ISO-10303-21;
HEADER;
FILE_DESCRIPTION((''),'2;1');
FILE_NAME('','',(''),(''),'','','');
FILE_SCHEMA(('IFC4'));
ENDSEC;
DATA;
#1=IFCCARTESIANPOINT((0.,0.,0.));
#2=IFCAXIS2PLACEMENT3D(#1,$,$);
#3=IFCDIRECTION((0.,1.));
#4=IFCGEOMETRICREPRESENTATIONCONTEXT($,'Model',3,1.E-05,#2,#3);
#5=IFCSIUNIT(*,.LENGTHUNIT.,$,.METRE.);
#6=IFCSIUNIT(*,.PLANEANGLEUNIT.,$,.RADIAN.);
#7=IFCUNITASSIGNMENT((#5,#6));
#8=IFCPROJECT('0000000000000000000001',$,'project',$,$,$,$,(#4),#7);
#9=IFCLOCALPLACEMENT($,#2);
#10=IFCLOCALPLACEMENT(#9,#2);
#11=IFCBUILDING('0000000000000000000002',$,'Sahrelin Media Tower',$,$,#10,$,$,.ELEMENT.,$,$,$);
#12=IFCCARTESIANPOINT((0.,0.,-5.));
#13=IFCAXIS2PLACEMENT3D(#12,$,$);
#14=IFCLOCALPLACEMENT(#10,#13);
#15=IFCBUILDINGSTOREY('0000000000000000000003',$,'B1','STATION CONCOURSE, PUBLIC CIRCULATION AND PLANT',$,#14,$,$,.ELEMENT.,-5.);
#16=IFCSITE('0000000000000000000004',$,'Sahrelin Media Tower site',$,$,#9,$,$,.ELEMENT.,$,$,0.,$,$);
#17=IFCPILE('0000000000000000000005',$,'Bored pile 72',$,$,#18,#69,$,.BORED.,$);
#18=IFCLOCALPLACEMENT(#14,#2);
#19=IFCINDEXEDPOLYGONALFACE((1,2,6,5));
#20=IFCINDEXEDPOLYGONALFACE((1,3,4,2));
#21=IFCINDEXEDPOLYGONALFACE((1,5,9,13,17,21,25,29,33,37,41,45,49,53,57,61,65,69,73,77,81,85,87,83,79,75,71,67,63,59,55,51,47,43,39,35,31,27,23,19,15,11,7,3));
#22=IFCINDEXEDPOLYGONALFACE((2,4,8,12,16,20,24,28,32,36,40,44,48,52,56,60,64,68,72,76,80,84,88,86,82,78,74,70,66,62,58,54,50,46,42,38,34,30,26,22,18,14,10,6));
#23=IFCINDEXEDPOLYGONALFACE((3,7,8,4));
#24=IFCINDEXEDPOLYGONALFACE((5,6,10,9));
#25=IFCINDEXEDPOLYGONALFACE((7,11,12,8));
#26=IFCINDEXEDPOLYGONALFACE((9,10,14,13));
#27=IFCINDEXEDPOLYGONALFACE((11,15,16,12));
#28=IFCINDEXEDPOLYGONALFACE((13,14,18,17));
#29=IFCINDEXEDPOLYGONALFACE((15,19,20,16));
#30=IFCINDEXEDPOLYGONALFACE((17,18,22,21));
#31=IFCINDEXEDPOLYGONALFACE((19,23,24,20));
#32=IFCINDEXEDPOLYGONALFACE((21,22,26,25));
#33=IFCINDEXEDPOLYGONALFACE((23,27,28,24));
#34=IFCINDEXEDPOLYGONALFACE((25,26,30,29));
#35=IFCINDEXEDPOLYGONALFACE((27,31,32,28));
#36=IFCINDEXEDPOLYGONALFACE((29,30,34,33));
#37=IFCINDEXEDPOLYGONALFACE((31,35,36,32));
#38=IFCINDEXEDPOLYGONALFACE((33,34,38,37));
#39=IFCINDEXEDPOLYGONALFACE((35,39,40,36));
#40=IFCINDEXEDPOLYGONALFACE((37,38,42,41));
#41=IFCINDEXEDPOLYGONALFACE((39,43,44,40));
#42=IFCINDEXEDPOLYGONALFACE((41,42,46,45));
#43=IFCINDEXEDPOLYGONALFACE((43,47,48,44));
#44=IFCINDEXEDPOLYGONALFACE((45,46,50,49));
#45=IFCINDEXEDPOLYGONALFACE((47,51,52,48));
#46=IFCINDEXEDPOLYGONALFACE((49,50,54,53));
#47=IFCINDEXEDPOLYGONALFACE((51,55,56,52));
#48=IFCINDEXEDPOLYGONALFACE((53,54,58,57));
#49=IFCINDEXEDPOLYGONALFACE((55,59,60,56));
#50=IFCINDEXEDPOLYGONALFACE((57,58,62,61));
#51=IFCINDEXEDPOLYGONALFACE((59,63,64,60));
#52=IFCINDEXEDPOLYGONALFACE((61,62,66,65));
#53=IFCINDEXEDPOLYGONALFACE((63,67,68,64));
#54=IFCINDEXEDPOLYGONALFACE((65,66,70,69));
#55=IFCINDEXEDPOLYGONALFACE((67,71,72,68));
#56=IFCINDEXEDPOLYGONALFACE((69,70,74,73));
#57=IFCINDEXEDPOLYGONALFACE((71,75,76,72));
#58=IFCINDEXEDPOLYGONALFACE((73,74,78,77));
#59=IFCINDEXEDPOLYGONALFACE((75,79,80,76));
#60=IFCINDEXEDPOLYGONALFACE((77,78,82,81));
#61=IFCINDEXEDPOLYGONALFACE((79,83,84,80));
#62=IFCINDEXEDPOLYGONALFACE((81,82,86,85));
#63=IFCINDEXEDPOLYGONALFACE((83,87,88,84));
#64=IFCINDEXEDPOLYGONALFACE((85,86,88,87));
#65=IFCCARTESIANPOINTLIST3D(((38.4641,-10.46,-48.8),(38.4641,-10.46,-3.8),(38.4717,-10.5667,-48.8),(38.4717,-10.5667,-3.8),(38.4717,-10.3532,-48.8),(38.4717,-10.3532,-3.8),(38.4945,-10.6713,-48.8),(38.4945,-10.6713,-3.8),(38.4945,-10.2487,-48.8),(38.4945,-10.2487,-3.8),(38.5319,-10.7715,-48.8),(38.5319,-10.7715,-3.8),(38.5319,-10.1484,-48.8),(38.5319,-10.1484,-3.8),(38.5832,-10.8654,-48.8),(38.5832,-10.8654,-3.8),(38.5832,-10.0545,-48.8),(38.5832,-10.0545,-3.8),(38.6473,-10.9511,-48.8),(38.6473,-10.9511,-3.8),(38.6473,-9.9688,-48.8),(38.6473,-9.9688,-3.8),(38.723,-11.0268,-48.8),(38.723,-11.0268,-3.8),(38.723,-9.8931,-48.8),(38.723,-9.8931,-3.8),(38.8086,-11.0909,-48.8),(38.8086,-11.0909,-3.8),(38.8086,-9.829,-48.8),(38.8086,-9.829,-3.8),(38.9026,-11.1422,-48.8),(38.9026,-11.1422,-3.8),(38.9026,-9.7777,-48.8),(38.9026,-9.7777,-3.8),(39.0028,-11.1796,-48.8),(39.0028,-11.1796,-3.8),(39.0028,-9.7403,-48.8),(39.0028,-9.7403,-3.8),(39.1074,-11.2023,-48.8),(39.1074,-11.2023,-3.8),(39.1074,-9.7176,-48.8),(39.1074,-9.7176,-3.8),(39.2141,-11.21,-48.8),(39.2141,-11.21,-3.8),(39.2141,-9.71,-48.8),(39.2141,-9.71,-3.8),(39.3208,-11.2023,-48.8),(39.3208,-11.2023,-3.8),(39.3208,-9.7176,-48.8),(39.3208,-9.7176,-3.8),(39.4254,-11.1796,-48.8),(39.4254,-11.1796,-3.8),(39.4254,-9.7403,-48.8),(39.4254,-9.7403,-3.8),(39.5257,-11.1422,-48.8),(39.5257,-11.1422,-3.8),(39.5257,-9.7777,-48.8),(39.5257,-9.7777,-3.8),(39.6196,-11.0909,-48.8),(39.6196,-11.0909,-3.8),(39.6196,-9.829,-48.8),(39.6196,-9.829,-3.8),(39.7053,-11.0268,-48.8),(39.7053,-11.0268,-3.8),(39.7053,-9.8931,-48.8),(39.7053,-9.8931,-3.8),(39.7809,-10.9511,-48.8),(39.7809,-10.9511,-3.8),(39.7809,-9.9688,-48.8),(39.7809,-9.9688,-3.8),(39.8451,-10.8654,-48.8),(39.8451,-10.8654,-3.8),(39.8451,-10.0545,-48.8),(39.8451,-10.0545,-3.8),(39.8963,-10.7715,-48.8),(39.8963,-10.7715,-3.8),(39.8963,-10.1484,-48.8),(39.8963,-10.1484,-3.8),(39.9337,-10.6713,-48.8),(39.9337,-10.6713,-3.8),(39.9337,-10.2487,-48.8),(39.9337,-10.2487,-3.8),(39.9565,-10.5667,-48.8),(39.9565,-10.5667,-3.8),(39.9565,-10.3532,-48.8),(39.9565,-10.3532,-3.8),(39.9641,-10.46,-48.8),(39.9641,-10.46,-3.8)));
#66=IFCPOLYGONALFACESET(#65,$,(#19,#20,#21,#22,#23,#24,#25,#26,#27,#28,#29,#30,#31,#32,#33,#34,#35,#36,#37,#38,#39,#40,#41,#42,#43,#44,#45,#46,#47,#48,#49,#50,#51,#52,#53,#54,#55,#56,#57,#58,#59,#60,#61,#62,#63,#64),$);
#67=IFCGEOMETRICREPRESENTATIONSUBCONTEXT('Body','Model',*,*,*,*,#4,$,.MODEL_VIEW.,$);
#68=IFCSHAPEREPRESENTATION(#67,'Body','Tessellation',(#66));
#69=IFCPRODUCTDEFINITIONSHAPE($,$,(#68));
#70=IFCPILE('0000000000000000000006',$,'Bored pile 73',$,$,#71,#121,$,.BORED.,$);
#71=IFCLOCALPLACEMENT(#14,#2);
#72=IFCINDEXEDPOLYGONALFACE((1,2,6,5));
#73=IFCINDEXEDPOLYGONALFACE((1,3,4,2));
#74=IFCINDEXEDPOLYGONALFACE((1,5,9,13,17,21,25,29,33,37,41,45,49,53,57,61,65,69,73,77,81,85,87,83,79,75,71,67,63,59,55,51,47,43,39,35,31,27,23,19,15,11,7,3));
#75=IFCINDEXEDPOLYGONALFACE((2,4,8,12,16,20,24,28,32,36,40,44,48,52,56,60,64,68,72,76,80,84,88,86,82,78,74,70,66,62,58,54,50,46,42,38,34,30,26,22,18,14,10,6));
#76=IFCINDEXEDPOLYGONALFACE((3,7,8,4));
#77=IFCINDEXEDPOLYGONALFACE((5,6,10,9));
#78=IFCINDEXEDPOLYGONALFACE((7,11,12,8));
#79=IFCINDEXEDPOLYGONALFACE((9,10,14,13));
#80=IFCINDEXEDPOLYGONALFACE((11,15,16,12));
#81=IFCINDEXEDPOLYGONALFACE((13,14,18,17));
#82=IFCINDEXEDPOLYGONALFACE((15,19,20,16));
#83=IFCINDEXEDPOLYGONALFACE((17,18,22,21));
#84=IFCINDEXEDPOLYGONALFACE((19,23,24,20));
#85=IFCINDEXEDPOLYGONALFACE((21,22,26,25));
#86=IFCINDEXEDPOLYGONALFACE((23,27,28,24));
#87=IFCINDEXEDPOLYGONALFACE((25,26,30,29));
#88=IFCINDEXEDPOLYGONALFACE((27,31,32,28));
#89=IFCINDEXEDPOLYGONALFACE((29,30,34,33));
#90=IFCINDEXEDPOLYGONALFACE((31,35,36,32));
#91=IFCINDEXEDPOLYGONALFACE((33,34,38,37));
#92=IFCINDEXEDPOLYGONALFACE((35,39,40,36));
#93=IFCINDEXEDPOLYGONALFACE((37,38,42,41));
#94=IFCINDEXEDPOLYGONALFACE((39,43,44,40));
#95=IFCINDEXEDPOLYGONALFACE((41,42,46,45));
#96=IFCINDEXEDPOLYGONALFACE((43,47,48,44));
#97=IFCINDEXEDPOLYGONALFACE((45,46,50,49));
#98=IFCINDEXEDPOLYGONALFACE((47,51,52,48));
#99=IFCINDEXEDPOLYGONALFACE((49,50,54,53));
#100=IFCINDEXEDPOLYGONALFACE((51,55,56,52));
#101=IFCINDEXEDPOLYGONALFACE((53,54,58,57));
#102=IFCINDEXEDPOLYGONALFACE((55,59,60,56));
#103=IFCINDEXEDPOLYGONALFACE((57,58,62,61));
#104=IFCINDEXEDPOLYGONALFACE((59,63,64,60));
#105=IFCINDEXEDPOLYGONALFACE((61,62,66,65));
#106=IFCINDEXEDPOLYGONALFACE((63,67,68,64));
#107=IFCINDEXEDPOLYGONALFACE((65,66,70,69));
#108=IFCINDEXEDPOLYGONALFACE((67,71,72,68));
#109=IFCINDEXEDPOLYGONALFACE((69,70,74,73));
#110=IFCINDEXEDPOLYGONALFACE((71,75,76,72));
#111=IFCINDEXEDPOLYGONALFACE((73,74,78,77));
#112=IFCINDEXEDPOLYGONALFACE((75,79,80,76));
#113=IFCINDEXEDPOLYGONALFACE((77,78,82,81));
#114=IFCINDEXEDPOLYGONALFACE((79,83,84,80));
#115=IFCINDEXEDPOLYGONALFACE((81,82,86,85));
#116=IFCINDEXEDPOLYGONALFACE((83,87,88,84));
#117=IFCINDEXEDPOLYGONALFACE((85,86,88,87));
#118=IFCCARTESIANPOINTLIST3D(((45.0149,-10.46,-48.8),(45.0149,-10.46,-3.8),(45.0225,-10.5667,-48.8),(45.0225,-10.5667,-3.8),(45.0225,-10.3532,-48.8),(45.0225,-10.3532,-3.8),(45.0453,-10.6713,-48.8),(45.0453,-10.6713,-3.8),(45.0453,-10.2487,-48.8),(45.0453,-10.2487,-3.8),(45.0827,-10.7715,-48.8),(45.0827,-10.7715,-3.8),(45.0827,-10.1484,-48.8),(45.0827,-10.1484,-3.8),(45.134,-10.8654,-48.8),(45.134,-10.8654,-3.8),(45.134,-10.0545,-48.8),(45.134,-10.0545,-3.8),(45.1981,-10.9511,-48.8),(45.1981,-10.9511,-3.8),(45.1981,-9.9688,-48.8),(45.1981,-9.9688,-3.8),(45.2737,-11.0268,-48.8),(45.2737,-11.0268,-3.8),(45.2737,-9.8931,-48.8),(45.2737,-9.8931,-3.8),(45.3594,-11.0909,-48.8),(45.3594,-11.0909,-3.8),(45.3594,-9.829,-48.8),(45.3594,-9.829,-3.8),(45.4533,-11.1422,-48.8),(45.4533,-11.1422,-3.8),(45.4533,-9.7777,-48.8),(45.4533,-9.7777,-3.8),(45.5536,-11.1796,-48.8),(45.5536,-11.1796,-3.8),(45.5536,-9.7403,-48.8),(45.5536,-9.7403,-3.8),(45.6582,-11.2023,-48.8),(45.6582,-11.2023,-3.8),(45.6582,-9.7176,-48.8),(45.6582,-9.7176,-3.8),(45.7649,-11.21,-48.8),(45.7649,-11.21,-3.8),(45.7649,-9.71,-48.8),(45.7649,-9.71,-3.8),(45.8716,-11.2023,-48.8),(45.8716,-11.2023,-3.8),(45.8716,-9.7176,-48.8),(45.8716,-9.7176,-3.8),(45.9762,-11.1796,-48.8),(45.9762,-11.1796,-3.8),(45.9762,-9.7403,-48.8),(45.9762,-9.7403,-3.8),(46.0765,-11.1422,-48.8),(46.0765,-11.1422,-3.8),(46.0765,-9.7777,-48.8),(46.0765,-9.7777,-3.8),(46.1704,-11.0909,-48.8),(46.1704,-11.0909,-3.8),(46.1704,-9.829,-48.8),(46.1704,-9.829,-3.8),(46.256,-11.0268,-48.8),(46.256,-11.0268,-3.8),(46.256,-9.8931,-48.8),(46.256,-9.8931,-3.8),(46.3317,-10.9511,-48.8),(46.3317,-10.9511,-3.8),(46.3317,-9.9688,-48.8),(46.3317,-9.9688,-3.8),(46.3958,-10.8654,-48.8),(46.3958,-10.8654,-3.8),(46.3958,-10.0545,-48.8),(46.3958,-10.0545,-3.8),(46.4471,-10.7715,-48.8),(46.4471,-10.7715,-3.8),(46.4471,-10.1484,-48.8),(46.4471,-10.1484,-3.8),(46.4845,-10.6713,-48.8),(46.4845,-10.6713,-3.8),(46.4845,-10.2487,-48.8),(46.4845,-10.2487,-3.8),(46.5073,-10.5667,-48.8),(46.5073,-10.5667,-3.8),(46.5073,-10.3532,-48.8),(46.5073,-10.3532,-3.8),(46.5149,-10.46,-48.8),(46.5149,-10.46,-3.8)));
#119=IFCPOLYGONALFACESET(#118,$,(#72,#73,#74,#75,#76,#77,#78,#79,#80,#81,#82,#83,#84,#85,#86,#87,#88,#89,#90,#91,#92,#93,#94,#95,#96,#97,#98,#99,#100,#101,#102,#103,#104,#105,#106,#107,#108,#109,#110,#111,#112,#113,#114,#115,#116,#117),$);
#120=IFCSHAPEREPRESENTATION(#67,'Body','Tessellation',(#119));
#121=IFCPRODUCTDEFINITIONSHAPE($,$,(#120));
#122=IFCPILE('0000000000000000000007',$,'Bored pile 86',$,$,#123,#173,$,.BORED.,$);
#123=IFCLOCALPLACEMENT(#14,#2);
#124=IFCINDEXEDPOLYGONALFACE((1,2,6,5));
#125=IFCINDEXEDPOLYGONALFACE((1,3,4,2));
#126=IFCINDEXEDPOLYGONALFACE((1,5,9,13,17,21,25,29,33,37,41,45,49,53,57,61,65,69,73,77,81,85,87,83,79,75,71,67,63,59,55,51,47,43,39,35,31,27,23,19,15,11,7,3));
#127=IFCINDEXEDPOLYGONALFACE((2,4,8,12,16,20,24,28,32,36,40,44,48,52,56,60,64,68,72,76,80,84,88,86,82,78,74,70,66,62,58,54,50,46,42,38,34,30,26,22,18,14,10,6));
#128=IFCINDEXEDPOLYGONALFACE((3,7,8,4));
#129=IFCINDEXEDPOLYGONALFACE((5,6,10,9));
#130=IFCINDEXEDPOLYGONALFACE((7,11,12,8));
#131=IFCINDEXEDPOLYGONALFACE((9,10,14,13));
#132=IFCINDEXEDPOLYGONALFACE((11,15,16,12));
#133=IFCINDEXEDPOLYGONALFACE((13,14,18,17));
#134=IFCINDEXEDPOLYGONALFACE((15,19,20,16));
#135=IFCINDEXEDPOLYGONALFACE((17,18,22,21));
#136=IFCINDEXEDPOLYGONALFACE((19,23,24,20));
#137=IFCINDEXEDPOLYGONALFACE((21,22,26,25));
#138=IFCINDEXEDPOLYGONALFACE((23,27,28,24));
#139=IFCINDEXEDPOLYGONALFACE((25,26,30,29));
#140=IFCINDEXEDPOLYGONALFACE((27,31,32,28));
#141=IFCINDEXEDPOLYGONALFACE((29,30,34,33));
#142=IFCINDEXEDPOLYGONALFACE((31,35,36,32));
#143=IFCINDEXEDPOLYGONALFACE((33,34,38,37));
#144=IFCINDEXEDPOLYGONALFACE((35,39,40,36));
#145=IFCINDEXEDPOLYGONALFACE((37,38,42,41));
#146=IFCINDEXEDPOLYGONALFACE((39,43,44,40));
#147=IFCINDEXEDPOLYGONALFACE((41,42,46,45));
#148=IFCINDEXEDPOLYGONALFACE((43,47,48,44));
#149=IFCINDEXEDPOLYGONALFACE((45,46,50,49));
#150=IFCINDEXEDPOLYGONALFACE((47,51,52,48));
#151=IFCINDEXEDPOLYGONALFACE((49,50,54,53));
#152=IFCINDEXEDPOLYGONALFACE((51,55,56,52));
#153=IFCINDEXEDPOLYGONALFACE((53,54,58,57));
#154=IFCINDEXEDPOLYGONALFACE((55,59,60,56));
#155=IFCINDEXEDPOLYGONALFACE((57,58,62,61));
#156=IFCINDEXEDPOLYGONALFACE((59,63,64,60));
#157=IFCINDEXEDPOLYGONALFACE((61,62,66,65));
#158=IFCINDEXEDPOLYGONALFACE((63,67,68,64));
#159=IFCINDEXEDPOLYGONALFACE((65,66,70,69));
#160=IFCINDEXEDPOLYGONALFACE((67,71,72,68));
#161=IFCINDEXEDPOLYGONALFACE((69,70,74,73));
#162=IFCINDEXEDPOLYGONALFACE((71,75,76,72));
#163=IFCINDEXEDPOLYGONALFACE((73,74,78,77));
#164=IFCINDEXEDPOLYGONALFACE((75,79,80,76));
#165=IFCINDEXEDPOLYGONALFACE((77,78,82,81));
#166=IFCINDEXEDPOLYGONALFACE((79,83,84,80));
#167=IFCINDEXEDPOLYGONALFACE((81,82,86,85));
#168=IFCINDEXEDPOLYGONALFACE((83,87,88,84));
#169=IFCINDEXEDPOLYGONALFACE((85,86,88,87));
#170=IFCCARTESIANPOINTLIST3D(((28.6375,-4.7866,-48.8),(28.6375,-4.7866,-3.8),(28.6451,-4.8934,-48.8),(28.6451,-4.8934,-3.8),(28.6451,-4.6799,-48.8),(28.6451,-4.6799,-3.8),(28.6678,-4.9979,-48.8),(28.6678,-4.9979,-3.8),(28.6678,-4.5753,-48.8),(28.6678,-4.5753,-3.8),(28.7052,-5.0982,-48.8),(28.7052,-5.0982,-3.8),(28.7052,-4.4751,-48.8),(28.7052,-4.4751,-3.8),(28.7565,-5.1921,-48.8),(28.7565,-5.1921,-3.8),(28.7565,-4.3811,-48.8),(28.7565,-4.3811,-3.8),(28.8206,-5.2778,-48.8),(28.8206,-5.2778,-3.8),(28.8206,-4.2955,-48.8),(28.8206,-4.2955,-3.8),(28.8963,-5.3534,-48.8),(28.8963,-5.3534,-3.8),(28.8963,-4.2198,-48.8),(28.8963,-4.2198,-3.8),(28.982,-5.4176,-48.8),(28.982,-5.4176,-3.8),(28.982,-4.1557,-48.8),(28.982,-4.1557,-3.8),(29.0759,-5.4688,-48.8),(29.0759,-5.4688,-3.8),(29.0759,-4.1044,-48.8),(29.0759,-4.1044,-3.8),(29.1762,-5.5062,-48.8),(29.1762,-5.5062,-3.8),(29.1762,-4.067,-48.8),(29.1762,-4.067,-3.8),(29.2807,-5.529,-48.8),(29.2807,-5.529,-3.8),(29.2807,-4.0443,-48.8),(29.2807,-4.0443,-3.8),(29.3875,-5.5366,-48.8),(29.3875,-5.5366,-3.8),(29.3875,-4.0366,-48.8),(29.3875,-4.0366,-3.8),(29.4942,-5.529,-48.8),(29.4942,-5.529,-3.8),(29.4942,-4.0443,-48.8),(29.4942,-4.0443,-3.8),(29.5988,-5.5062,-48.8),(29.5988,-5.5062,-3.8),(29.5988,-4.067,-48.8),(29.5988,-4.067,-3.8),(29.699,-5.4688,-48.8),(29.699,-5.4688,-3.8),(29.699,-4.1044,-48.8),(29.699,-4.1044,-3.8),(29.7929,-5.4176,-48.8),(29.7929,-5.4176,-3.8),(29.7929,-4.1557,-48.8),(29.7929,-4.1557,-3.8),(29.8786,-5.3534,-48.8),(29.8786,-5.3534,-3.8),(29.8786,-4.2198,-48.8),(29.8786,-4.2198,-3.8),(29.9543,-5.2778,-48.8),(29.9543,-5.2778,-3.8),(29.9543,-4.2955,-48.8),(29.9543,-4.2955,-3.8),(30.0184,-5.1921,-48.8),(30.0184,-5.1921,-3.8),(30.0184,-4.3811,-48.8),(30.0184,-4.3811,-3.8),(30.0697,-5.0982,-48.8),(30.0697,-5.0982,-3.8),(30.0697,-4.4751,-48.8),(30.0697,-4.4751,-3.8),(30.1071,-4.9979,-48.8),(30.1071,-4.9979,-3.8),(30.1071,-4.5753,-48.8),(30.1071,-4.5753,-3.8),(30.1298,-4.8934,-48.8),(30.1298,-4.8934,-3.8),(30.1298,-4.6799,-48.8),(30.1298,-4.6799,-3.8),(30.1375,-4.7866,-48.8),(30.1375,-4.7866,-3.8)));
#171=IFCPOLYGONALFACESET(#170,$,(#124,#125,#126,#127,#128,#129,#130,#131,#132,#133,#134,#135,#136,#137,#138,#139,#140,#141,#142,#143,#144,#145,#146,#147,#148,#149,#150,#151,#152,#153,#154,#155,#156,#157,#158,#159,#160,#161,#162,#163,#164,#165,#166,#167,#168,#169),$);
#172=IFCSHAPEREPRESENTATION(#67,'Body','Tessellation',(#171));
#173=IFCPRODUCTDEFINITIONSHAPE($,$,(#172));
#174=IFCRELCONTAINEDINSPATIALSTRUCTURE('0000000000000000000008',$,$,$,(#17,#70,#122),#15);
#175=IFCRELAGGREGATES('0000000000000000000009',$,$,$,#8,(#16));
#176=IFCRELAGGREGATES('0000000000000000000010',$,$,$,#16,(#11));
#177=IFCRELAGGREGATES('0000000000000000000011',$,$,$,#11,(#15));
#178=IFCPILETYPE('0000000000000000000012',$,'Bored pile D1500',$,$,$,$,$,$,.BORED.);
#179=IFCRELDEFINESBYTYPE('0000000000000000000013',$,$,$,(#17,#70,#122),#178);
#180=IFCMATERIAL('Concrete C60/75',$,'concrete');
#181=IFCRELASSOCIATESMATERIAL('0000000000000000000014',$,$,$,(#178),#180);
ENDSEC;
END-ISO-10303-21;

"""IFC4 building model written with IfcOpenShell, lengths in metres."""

from ifc_helpers import new_model, si_unit, direction, frame, origin, origin_2d, place, context, subcontext, project, spatial, circle, extrude, material, material_profile, profile_set, type_object, element, save


model = new_model("IFC4")

# Units and contexts
model_context = context("Model", 3, precision=1e-05, world=origin(), true_north=direction((0.0, 1.0)))
body_context = subcontext(model_context, "Body", "Model", "MODEL_VIEW")
ifc_project = project(units=[si_unit("LENGTHUNIT", "METRE"), si_unit("PLANEANGLEUNIT", "RADIAN")], contexts=[model_context])

# Site, building, storey
site_placement = place(None, origin())
site = spatial("IfcSite", under=ifc_project, at=site_placement, Name="Sahrelin Media Tower site", CompositionType="ELEMENT", RefElevation=0.0)
building_placement = place(site_placement, origin())
building = spatial("IfcBuilding", under=site, at=building_placement, Name="Sahrelin Media Tower", CompositionType="ELEMENT")
storey_placement = place(building_placement, frame((0.0, 0.0, -5.0)))
storey = spatial("IfcBuildingStorey", under=building, at=storey_placement, Name="B1", Description="STATION CONCOURSE, PUBLIC CIRCULATION AND PLANT", CompositionType="ELEMENT", Elevation=-5.0)

# Piles
ifc_material_1 = material(Name="Concrete C60/75", Category="concrete")
ifc_material_profile_1 = material_profile(ifc_material_1, circle(Radius=0.75, at=origin_2d()), Name="Bored pile D1500")
ifc_profile_set_1 = profile_set([ifc_material_profile_1], Name="Concrete C60/75")
pile_type = type_object("IfcPileType", Name="Bored pile D1500", PredefinedType="BORED", material=ifc_profile_set_1)
for number, where, z_axis, x_axis, name in (
    (1, (39.2141, -10.46, -3.8), (0.0, 0.0, -1.0), (1.0, 0.0, 0.0), "Bored pile 72"),
    (2, (45.7649, -10.46, -3.8), (0.0, 0.0, -1.0), (1.0, 0.0, 0.0), "Bored pile 73"),
    (3, (29.3875, -4.7866, -3.8), (0.0, 0.0, -1.0), (1.0, 0.0, 0.0), "Bored pile 86"),
):
    element("IfcPile", number, at=place(storey_placement, frame(where, z_axis=z_axis, x_axis=x_axis)), inside=storey, type_object=pile_type, Name=name, PredefinedType="BORED", context=body_context, shape_type="SweptSolid", body=[
        extrude(circle(Radius=0.75, at=origin_2d()), origin(), (0.0, 0.0, 1.0), 45.0),
    ])

save(model, "model.ifc")
